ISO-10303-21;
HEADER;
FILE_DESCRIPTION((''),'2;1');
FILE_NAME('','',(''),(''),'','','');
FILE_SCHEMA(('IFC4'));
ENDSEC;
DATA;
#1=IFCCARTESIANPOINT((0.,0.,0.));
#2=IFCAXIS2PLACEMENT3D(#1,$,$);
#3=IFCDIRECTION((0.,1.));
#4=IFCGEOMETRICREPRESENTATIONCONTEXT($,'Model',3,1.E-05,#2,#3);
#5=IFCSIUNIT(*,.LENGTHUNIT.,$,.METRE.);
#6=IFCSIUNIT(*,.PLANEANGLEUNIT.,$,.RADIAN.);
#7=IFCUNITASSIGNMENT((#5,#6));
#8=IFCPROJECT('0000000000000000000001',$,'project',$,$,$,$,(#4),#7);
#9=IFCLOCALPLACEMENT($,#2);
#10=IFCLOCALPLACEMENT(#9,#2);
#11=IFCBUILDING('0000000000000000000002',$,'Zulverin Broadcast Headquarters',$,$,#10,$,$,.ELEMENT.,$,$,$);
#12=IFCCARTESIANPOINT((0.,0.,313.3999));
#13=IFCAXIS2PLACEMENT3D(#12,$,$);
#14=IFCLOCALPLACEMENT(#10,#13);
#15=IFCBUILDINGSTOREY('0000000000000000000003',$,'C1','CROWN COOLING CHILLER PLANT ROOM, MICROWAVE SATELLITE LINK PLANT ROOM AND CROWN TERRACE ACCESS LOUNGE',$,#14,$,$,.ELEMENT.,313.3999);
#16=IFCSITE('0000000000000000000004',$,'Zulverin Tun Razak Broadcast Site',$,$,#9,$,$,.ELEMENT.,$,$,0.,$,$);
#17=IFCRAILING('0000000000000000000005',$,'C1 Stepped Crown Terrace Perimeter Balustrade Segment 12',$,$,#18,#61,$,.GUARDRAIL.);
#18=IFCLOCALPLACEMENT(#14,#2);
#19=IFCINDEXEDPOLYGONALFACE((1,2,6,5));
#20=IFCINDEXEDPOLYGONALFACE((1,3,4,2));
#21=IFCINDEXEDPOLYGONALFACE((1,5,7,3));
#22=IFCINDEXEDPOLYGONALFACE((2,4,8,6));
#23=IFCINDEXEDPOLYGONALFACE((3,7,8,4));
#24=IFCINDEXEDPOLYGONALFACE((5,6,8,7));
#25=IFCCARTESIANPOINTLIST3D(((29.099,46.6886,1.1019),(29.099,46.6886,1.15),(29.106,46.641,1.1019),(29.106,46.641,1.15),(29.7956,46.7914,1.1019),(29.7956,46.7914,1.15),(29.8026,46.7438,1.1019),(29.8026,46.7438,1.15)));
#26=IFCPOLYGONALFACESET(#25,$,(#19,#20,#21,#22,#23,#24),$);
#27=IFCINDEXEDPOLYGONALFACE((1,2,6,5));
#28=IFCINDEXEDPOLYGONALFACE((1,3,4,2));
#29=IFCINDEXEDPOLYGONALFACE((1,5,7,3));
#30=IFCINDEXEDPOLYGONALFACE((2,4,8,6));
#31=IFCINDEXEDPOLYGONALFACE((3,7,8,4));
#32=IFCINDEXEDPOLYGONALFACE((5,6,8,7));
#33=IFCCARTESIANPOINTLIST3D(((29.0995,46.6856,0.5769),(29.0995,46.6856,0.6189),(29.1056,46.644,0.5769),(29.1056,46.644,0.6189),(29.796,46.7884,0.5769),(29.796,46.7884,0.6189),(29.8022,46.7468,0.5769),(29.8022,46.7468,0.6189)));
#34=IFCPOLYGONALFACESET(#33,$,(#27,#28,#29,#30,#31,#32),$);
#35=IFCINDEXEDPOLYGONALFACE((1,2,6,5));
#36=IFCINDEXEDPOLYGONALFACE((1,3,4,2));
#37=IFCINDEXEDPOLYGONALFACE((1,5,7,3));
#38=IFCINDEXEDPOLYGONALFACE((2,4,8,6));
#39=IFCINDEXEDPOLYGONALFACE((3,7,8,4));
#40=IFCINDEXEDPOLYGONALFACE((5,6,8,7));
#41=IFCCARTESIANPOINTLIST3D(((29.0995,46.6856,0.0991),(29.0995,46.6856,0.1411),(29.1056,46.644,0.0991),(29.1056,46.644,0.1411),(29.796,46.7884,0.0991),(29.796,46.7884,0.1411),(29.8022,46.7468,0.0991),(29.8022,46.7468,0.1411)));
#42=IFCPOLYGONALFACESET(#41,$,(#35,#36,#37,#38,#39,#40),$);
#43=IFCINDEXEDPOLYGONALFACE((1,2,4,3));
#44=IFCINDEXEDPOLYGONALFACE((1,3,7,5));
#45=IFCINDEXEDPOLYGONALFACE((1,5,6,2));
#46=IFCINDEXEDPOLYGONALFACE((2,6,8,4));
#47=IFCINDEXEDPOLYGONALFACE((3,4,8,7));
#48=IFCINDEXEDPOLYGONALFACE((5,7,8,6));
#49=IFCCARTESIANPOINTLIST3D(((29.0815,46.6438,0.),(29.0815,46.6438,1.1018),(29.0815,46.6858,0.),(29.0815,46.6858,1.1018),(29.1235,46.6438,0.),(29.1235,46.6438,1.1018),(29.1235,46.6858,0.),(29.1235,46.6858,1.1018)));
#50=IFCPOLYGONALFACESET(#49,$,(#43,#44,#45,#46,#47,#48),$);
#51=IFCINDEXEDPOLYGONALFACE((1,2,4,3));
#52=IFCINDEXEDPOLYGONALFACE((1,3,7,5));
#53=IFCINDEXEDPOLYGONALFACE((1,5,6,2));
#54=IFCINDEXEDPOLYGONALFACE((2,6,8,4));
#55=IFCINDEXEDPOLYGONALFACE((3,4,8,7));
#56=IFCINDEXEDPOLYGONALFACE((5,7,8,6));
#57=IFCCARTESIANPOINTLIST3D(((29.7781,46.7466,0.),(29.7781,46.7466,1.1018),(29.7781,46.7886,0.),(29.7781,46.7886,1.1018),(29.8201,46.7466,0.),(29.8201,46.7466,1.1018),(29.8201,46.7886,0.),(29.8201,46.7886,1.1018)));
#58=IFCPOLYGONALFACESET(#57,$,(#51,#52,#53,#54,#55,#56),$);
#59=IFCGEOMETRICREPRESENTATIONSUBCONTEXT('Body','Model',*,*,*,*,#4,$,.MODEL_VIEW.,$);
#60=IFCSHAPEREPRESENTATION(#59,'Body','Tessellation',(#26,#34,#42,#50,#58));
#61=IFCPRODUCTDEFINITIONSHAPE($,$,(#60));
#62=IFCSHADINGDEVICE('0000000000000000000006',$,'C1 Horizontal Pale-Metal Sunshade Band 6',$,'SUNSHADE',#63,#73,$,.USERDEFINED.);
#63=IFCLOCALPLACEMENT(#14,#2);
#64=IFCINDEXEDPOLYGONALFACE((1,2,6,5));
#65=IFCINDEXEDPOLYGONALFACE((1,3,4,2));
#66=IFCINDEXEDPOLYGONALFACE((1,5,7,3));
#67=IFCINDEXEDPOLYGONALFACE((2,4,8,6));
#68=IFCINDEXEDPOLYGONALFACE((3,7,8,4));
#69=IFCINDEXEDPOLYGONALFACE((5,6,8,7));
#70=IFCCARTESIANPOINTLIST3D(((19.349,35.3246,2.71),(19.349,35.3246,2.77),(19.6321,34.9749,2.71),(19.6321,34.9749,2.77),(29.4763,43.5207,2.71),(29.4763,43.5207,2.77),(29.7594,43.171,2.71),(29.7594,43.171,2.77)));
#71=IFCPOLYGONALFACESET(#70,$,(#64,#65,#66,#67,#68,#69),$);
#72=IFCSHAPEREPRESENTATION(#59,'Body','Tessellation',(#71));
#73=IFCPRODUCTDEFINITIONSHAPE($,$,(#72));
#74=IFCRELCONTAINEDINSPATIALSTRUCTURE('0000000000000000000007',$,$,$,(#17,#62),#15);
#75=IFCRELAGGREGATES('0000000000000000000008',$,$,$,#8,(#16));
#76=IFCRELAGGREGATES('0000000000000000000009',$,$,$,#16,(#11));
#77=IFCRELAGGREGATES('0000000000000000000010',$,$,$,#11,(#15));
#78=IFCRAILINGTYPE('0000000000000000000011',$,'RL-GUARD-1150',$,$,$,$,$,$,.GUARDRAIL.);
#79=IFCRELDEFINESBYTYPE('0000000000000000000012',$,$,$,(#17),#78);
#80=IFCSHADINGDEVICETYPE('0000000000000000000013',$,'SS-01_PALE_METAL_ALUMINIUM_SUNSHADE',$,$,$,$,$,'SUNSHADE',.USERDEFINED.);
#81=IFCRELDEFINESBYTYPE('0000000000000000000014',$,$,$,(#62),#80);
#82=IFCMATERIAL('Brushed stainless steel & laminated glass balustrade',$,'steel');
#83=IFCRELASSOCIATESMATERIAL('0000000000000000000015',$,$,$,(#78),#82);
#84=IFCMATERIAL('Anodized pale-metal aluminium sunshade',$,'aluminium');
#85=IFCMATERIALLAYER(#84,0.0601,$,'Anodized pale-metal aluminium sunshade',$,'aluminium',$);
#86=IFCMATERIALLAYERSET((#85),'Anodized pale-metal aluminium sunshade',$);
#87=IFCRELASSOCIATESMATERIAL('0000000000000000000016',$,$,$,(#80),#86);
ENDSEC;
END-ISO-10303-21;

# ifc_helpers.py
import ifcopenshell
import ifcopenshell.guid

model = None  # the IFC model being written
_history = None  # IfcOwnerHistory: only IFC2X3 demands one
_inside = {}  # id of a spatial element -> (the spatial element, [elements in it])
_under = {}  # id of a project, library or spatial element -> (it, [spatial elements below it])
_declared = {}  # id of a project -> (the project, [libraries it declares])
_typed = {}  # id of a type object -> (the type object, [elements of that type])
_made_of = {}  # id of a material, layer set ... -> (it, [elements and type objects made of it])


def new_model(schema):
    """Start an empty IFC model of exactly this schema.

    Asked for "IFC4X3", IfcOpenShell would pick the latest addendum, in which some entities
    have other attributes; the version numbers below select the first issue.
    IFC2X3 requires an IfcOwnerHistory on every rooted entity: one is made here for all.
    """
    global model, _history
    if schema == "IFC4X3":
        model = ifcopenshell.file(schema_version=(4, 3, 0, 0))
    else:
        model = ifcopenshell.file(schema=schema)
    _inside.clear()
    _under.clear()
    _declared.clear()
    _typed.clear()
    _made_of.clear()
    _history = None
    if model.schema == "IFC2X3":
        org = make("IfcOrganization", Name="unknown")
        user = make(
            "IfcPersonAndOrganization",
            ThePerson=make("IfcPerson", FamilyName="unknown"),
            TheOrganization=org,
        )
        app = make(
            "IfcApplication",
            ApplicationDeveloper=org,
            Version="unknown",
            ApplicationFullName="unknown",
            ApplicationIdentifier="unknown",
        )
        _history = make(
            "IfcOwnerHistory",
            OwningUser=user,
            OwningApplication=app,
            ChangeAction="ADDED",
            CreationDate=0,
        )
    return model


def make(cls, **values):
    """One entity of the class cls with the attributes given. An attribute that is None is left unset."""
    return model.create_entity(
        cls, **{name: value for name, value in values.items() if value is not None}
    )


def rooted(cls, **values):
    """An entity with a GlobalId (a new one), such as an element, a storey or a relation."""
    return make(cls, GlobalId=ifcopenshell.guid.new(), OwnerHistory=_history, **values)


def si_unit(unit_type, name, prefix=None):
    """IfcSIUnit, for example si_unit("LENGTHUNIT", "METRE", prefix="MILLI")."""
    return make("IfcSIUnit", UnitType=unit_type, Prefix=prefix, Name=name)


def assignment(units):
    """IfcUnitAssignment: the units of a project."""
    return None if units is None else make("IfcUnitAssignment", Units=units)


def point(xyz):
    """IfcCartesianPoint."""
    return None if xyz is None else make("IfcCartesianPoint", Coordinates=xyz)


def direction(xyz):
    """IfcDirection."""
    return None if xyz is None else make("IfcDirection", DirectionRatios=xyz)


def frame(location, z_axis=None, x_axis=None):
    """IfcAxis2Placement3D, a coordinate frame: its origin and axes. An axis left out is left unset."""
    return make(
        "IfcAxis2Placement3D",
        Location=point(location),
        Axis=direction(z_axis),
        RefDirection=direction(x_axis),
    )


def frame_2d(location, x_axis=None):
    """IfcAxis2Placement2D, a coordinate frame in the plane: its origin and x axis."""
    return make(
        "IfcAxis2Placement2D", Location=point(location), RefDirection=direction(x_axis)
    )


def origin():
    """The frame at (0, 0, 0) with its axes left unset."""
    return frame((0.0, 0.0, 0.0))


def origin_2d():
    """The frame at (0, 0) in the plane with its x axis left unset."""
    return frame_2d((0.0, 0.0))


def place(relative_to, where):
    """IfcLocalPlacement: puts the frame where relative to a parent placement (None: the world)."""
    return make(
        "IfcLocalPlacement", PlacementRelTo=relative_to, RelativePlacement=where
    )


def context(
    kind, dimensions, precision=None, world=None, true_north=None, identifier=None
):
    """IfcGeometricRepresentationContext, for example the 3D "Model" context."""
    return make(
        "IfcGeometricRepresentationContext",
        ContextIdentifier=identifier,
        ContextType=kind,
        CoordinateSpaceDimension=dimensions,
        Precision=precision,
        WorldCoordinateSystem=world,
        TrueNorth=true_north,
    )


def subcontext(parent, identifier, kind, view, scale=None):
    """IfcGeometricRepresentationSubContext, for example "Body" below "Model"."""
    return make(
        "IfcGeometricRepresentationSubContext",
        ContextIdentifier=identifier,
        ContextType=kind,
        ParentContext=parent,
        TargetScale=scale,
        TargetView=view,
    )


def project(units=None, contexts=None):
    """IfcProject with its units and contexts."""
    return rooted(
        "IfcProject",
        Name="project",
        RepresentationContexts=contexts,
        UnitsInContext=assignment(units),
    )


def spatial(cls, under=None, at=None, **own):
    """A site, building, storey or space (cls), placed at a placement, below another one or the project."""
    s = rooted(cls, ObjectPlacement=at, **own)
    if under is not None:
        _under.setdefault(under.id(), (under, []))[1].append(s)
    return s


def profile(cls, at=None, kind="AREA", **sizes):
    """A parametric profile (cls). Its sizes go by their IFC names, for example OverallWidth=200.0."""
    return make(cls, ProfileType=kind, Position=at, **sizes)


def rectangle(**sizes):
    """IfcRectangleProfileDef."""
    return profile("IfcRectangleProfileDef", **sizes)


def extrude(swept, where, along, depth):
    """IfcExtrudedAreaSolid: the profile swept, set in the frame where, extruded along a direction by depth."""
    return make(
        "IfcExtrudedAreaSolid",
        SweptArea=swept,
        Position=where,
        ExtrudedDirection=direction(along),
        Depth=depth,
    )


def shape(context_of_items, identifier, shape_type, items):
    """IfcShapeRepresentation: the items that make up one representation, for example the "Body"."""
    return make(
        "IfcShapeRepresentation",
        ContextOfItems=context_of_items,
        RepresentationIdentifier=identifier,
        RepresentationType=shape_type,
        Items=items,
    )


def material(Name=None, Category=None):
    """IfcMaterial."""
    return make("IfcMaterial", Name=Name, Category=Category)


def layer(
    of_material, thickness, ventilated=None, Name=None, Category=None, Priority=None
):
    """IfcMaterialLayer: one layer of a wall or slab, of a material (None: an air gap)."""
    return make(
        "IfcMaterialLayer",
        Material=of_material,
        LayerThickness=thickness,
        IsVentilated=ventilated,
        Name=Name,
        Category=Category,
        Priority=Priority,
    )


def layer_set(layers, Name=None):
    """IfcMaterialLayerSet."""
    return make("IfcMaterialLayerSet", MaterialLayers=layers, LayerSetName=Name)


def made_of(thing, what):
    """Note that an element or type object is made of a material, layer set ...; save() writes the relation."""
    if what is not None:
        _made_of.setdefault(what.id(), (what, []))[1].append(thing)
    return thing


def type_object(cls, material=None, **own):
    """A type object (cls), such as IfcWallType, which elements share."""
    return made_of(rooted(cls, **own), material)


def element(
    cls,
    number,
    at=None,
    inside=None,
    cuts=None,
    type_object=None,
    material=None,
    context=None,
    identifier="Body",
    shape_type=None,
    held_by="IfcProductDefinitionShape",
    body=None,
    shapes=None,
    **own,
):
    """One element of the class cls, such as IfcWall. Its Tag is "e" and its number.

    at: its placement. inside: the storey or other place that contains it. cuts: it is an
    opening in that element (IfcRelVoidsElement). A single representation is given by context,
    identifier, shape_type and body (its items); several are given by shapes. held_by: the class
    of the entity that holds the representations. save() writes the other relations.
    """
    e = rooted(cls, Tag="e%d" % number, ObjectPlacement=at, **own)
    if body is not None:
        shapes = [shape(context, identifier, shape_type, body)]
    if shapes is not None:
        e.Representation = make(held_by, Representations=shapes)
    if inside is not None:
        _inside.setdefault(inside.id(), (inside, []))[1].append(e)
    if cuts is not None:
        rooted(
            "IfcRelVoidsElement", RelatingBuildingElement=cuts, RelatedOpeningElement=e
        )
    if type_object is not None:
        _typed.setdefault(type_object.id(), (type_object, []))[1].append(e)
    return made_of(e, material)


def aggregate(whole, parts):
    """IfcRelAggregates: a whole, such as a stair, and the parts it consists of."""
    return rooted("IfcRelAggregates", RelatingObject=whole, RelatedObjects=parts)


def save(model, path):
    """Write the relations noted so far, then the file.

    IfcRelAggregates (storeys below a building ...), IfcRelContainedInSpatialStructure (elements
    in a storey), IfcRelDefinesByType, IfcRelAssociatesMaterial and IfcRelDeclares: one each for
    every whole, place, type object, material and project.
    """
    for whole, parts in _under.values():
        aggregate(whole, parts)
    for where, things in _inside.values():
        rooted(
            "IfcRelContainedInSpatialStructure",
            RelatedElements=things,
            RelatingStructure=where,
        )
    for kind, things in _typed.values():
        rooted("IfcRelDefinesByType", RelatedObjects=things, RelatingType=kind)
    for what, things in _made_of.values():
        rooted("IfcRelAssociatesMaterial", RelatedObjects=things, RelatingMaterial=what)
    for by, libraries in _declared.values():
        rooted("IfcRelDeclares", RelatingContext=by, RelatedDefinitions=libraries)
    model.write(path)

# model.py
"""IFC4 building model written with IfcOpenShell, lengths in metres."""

from ifc_helpers import new_model, si_unit, direction, frame, origin, origin_2d, place, context, subcontext, project, spatial, rectangle, extrude, material, layer, layer_set, type_object, element, save


model = new_model("IFC4")

# Units and contexts
model_context = context("Model", 3, precision=1e-05, world=origin(), true_north=direction((0.0, 1.0)))
body_context = subcontext(model_context, "Body", "Model", "MODEL_VIEW")
ifc_project = project(units=[si_unit("LENGTHUNIT", "METRE"), si_unit("PLANEANGLEUNIT", "RADIAN")], contexts=[model_context])

# Site, building, storey
site_placement = place(None, origin())
site = spatial("IfcSite", under=ifc_project, at=site_placement, Name="Zulverin Tun Razak Broadcast Site", CompositionType="ELEMENT", RefElevation=0.0)
building_placement = place(site_placement, origin())
building = spatial("IfcBuilding", under=site, at=building_placement, Name="Zulverin Broadcast Headquarters", CompositionType="ELEMENT")
storey_placement = place(building_placement, frame((0.0, 0.0, 313.3999)))
storey = spatial("IfcBuildingStorey", under=building, at=storey_placement, Name="C1", Description="CROWN COOLING CHILLER PLANT ROOM, MICROWAVE SATELLITE LINK PLANT ROOM AND CROWN TERRACE ACCESS LOUNGE", CompositionType="ELEMENT", Elevation=313.3999)

# Railing
ifc_material_1 = material(Name="Brushed stainless steel & laminated glass balustrade", Category="steel")
railing_type = type_object("IfcRailingType", Name="RL-GUARD-1150", PredefinedType="GUARDRAIL", material=ifc_material_1)
railing_1_placement = place(storey_placement, frame((29.1025, 46.6648, 0.0)))
element("IfcRailing", 1, at=railing_1_placement, inside=storey, type_object=railing_type, Name="C1 Stepped Crown Terrace Perimeter Balustrade Segment 12", PredefinedType="GUARDRAIL", context=body_context, shape_type="SweptSolid", body=[
    extrude(rectangle(XDim=0.0481, YDim=0.0481, at=origin_2d()), frame((0.0, 0.0, 1.126), z_axis=(0.989287, 0.145983, 0.0), x_axis=(-0.145983, 0.989287, 0.0)), (0.0, 0.0, 1.0), 0.7041),
    extrude(rectangle(XDim=0.042, YDim=0.042, at=origin_2d()), frame((0.0, 0.0, 0.5979), z_axis=(0.989287, 0.145983, 0.0), x_axis=(-0.145983, 0.989287, 0.0)), (0.0, 0.0, 1.0), 0.7041),
    extrude(rectangle(XDim=0.042, YDim=0.042, at=origin_2d()), frame((0.0, 0.0, 0.1201), z_axis=(0.989287, 0.145983, 0.0), x_axis=(-0.145983, 0.989287, 0.0)), (0.0, 0.0, 1.0), 0.7041),
    extrude(rectangle(XDim=0.042, YDim=0.042, at=origin_2d()), origin(), (0.0, 0.0, 1.0), 1.1018),
    extrude(rectangle(XDim=0.042, YDim=0.042, at=origin_2d()), frame((0.6965, 0.1028, 0.0)), (0.0, 0.0, 1.0), 1.1018),
])

# Shading device
ifc_material_2 = material(Name="Anodized pale-metal aluminium sunshade", Category="aluminium")
ifc_layer_1 = layer(ifc_material_2, 0.0601, Name="Anodized pale-metal aluminium sunshade", Category="aluminium")
ifc_layer_set_1 = layer_set([ifc_layer_1], Name="Anodized pale-metal aluminium sunshade")
shading_device_type = type_object("IfcShadingDeviceType", Name="SS-01_PALE_METAL_ALUMINIUM_SUNSHADE", ElementType="SUNSHADE", PredefinedType="USERDEFINED", material=ifc_layer_set_1)
shading_device_placement = place(storey_placement, frame((24.5542, 39.2478, 2.71), z_axis=(0.0, 0.0, 1.0), x_axis=(-0.777325, -0.629099, 0.0)))
element("IfcShadingDevice", 2, at=shading_device_placement, inside=storey, type_object=shading_device_type, Name="C1 Horizontal Pale-Metal Sunshade Band 6", ObjectType="SUNSHADE", PredefinedType="USERDEFINED", context=body_context, shape_type="SweptSolid", body=[
    extrude(rectangle(XDim=13.0283, YDim=0.45, at=origin_2d()), origin(), (0.0, 0.0, 1.0), 0.0601),
])

save(model, "model.ifc")
